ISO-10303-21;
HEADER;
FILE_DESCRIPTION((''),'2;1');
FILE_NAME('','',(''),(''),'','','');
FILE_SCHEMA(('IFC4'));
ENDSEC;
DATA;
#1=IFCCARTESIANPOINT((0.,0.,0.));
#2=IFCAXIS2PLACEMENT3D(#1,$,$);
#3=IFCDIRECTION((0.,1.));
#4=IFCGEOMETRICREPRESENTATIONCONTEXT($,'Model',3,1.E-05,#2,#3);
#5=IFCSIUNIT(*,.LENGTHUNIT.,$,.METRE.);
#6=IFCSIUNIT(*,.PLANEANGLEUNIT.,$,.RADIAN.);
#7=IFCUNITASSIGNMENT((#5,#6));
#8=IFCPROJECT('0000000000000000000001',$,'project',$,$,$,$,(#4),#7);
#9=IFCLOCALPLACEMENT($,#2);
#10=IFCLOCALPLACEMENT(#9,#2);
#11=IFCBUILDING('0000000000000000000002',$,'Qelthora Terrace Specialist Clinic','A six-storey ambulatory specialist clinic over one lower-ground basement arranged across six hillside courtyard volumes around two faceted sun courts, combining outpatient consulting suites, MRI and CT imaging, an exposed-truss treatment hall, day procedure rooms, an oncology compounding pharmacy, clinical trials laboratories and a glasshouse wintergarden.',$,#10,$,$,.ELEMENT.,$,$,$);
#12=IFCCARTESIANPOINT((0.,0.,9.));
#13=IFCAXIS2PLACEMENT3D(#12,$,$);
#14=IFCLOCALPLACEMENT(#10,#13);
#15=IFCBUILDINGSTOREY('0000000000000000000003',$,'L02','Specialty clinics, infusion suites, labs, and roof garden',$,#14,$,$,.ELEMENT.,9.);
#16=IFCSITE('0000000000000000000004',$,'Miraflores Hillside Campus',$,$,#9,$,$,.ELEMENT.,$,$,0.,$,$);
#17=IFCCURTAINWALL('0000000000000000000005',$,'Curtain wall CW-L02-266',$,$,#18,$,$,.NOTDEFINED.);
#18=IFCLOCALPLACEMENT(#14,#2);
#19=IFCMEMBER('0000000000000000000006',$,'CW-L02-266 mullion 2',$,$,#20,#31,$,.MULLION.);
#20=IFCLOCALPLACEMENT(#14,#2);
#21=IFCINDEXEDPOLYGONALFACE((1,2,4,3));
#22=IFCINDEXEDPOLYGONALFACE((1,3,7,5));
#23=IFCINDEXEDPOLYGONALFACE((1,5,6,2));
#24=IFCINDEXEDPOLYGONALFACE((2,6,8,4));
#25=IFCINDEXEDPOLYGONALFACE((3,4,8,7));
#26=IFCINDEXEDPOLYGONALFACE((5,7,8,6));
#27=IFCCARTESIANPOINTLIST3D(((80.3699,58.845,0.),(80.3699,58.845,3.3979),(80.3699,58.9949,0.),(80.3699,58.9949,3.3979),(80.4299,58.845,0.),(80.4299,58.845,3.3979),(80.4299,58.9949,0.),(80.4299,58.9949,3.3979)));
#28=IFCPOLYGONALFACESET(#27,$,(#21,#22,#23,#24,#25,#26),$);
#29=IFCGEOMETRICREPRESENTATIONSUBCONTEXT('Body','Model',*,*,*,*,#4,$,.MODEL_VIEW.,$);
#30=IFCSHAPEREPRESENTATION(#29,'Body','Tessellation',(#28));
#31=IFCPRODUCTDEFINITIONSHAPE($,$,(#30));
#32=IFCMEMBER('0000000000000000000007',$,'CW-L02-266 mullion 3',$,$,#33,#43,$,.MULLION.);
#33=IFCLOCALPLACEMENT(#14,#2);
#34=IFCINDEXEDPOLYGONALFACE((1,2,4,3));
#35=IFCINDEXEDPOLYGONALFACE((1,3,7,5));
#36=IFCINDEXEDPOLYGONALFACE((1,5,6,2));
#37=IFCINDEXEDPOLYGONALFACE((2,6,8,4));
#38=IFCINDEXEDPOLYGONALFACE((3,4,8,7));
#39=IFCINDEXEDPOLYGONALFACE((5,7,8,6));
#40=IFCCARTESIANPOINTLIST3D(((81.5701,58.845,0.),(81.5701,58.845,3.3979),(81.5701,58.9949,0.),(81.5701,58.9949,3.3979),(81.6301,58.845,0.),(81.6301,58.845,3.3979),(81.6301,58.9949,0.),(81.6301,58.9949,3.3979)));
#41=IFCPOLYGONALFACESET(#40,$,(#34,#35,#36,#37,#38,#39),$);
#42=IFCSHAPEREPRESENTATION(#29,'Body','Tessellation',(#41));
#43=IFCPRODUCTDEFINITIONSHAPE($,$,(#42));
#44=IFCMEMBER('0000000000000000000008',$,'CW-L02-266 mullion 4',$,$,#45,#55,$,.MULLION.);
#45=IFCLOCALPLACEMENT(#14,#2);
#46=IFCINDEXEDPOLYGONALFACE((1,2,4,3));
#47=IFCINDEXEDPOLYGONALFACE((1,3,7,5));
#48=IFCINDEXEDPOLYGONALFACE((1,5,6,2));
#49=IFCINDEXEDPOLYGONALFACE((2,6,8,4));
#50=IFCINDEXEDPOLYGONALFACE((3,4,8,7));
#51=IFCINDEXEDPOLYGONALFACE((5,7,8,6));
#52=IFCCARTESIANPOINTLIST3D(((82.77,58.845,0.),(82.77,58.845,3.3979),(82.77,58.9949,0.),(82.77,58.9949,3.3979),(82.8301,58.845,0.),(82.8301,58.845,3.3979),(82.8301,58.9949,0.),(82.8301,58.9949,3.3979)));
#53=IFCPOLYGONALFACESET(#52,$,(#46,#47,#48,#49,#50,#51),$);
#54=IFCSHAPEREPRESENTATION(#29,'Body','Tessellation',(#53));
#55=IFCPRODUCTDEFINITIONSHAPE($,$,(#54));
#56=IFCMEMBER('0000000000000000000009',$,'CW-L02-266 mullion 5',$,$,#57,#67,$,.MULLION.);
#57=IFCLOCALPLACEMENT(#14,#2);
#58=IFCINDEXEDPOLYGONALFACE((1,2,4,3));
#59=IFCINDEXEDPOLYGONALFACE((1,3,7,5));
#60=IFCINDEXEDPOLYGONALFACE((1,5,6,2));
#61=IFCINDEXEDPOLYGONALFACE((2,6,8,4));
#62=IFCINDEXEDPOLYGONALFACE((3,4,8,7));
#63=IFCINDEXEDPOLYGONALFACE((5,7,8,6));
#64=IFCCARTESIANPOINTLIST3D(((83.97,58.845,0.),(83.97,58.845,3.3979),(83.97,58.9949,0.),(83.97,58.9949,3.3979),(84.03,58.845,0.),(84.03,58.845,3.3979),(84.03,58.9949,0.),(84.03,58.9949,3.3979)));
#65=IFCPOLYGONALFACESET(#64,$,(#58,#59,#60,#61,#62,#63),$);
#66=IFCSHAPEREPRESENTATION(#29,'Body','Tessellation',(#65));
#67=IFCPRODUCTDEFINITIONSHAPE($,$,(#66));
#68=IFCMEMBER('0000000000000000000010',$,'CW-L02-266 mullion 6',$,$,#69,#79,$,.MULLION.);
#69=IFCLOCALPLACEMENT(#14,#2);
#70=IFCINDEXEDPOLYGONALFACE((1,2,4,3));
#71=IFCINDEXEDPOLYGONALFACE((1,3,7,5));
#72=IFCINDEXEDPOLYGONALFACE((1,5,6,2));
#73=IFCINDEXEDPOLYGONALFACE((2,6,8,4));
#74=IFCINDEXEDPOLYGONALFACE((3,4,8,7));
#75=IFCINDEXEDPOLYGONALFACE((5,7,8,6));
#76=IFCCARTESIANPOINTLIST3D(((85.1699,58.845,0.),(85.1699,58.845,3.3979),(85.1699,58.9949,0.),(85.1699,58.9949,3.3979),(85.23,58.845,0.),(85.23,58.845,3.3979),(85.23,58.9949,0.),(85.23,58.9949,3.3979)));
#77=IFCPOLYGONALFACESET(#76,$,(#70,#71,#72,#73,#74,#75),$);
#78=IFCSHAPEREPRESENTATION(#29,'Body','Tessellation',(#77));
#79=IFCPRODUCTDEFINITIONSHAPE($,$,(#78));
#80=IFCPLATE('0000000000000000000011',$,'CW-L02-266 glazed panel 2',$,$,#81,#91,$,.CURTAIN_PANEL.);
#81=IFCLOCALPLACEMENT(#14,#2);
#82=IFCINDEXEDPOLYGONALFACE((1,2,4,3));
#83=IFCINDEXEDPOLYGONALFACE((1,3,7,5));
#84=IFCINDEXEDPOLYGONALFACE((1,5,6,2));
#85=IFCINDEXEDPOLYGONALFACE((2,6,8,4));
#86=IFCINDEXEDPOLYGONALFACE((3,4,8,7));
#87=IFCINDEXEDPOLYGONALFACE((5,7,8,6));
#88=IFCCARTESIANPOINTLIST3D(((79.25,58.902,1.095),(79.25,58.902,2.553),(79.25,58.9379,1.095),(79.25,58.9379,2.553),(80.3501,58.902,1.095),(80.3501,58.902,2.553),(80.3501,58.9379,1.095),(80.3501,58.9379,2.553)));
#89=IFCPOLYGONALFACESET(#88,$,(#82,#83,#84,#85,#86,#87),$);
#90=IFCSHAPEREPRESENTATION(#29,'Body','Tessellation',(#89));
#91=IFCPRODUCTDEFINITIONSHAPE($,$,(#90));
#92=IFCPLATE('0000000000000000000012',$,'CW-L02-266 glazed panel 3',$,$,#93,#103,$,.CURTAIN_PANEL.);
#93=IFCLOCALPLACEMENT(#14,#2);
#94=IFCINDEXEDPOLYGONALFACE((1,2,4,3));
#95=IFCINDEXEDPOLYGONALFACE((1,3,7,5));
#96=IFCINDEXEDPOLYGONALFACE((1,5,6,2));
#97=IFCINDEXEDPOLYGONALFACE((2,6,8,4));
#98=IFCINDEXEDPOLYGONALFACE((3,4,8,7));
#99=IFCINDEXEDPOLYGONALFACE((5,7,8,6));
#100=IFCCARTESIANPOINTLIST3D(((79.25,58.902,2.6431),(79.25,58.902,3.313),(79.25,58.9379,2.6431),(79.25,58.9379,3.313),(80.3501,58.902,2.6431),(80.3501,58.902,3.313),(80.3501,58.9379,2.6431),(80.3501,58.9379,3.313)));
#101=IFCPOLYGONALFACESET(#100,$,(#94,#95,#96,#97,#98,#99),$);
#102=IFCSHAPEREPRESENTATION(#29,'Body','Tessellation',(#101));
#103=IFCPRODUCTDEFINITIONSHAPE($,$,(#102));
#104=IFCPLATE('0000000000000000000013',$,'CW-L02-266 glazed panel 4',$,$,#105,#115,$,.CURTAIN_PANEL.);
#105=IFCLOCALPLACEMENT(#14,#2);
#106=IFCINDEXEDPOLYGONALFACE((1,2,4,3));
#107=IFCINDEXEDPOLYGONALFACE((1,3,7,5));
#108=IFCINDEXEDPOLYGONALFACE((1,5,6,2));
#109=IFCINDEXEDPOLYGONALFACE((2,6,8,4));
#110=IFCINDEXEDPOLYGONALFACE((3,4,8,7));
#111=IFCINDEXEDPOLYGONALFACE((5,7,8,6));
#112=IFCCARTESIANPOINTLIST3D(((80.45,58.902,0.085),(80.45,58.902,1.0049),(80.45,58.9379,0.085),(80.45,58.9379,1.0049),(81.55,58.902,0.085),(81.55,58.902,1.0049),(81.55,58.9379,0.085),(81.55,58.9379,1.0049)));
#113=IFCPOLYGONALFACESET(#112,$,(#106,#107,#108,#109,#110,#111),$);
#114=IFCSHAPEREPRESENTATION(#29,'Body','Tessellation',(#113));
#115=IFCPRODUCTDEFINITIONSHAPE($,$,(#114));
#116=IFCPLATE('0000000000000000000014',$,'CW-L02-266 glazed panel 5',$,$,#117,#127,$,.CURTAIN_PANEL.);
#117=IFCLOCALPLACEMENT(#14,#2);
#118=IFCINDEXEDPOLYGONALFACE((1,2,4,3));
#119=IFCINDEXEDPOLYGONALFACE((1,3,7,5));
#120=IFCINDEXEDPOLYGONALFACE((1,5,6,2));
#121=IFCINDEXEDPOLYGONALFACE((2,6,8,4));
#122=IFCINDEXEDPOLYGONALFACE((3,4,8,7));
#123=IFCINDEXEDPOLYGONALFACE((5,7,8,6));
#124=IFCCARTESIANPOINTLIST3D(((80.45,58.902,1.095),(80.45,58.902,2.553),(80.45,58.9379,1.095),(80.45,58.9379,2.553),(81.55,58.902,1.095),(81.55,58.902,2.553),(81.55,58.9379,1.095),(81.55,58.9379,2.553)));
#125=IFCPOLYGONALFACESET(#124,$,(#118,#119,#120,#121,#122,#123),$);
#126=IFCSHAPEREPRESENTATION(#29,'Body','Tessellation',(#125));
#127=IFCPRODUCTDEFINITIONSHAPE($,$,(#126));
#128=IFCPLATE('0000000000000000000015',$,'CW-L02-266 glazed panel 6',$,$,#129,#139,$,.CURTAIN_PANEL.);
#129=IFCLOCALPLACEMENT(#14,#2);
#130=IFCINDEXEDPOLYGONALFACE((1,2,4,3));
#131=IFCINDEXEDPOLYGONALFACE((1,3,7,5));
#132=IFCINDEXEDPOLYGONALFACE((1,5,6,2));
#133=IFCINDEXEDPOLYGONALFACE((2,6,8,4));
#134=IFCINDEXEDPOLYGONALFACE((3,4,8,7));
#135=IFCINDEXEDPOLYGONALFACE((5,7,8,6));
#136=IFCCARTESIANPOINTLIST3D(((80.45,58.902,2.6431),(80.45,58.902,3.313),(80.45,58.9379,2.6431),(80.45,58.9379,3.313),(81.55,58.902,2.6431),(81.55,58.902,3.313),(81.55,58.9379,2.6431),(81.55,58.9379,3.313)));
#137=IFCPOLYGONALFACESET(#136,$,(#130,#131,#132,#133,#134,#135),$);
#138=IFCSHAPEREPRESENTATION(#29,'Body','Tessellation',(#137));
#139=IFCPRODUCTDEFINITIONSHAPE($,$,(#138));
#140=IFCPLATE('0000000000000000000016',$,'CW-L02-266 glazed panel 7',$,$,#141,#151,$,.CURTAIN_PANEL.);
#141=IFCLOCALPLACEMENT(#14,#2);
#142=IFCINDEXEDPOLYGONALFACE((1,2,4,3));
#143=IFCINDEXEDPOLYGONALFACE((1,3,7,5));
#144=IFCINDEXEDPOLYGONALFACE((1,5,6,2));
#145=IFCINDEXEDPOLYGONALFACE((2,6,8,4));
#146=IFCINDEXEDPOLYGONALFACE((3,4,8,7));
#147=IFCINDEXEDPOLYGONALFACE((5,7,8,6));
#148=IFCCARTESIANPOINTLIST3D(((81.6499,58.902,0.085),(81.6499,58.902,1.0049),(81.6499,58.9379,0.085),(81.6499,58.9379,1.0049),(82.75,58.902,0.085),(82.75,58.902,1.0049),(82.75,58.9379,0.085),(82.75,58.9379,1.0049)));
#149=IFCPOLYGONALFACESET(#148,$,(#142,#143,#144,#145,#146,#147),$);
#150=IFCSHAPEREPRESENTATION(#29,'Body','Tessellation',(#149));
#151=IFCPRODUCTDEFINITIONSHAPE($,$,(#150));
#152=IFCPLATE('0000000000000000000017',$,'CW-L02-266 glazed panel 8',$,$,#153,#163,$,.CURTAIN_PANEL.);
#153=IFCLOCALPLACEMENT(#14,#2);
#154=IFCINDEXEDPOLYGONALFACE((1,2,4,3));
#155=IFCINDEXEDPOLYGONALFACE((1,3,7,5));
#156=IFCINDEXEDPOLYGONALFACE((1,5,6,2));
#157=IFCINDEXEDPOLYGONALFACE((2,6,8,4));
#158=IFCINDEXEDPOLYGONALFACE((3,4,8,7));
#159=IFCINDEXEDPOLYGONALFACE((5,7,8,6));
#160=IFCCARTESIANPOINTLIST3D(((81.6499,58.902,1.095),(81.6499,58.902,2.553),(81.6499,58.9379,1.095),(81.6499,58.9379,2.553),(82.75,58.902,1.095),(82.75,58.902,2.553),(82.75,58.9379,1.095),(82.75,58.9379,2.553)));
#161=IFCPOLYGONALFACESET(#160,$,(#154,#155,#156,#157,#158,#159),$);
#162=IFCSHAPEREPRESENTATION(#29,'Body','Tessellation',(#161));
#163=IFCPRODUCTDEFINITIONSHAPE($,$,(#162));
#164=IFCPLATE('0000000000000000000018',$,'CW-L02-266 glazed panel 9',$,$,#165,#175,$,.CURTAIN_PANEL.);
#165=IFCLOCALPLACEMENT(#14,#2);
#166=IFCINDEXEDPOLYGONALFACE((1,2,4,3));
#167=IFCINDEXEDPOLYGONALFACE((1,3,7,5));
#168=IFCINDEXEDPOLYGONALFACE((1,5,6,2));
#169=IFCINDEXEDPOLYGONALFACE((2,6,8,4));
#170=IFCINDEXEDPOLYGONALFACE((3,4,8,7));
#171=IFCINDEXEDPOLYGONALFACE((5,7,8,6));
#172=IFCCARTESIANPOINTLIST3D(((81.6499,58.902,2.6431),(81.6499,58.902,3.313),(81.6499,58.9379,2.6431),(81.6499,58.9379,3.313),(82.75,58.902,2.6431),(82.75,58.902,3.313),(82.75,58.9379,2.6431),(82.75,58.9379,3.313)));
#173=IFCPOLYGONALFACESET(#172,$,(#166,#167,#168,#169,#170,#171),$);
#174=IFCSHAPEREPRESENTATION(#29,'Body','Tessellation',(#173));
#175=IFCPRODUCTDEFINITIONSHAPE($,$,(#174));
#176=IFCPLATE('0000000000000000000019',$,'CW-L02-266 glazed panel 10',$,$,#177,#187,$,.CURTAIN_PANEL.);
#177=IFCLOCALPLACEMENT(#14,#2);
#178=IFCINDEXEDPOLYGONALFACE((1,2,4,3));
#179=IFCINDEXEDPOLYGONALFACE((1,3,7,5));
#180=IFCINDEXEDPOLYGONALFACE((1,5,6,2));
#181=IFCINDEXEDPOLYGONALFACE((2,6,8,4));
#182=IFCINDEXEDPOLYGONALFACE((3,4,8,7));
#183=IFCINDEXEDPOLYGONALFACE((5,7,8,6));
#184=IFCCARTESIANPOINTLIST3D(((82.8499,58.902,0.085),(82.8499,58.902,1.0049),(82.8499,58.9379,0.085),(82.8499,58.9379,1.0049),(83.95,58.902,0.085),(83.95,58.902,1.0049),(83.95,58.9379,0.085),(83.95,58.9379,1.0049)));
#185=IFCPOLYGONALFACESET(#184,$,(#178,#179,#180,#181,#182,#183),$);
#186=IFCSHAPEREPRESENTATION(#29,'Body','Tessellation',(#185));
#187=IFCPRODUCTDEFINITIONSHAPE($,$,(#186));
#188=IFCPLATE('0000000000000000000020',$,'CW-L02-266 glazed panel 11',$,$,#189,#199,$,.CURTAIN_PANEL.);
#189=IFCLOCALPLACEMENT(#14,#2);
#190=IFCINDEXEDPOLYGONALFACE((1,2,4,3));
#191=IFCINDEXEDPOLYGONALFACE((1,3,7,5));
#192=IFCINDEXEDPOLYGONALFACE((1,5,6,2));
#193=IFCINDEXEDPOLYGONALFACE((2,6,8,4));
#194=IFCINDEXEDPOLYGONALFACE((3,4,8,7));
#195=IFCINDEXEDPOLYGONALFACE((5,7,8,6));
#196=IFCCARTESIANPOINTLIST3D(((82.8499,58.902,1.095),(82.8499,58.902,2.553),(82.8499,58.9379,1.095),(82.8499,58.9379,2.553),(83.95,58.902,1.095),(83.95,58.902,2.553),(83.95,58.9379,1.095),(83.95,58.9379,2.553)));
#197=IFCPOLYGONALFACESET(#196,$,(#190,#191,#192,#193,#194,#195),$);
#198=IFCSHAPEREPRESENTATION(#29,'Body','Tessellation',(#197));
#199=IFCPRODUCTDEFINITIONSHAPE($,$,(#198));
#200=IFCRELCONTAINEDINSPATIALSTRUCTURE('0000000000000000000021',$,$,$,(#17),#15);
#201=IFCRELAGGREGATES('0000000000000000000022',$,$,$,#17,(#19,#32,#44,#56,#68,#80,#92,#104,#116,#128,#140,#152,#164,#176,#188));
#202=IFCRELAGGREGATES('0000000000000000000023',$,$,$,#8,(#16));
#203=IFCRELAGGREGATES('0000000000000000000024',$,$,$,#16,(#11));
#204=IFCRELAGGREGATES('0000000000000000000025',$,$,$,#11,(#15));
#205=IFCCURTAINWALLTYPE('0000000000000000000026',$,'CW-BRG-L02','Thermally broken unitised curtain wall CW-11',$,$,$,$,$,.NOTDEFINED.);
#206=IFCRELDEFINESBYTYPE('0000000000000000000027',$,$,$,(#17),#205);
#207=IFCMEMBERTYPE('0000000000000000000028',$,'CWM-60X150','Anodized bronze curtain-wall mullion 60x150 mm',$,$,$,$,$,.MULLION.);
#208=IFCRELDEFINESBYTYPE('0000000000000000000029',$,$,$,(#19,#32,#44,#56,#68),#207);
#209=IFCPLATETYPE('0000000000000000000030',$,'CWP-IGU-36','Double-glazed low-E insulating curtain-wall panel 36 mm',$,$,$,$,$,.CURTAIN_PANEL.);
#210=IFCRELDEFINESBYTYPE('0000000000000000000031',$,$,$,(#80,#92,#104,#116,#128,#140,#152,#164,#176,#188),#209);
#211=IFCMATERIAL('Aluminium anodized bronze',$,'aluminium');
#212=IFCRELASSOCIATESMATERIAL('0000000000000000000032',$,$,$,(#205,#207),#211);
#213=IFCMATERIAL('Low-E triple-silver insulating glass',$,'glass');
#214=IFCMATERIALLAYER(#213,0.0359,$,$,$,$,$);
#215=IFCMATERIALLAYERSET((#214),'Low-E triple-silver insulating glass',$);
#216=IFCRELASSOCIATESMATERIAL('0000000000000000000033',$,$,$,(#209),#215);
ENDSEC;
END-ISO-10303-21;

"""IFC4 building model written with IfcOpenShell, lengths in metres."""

from ifc_helpers import new_model, si_unit, direction, frame, origin, origin_2d, place, context, subcontext, project, spatial, rectangle, extrude, material, layer, layer_set, material_profile, profile_set, type_object, element, aggregate, save


model = new_model("IFC4")

# Units and contexts
model_context = context("Model", 3, precision=1e-05, world=origin(), true_north=direction((0.0, 1.0)))
body_context = subcontext(model_context, "Body", "Model", "MODEL_VIEW")
ifc_project = project(units=[si_unit("LENGTHUNIT", "METRE"), si_unit("PLANEANGLEUNIT", "RADIAN")], contexts=[model_context])

# Site, building, storey
site_placement = place(None, origin())
site = spatial("IfcSite", under=ifc_project, at=site_placement, Name="Miraflores Hillside Campus", CompositionType="ELEMENT", RefElevation=0.0)
building_placement = place(site_placement, origin())
building = spatial("IfcBuilding", under=site, at=building_placement, Name="Qelthora Terrace Specialist Clinic", Description="A six-storey ambulatory specialist clinic over one lower-ground basement arranged across six hillside courtyard volumes around two faceted sun courts, combining outpatient consulting suites, MRI and CT imaging, an exposed-truss treatment hall, day procedure rooms, an oncology compounding pharmacy, clinical trials laboratories and a glasshouse wintergarden.", CompositionType="ELEMENT")
storey_placement = place(building_placement, frame((0.0, 0.0, 9.0)))
storey = spatial("IfcBuildingStorey", under=building, at=storey_placement, Name="L02", Description="Specialty clinics, infusion suites, labs, and roof garden", CompositionType="ELEMENT", Elevation=9.0)

# Curtain wall, members, plates
ifc_material_1 = material(Name="Aluminium anodized bronze", Category="aluminium")
curtain_wall_type = type_object("IfcCurtainWallType", Name="CW-BRG-L02", Description="Thermally broken unitised curtain wall CW-11", PredefinedType="NOTDEFINED", material=ifc_material_1)
curtain_wall_placement = place(storey_placement, origin())
curtain_wall = element("IfcCurtainWall", 1, at=curtain_wall_placement, inside=storey, type_object=curtain_wall_type, Name="Curtain wall CW-L02-266", PredefinedType="NOTDEFINED")
ifc_material_profile = material_profile(ifc_material_1, rectangle(XDim=0.0601, YDim=0.1499, at=origin_2d()), Name="CWM60X150")
ifc_profile_set = profile_set([ifc_material_profile], Name="Aluminium anodized bronze")
member_type = type_object("IfcMemberType", Name="CWM-60X150", Description="Anodized bronze curtain-wall mullion 60x150 mm", PredefinedType="MULLION", material=ifc_profile_set)
member_1_placement = place(storey_placement, frame((80.3999, 58.9199, 0.0), z_axis=(0.0, 0.0, 1.0), x_axis=(1.0, 0.0, 0.0)))
member_1 = element("IfcMember", 2, at=member_1_placement, type_object=member_type, Name="CW-L02-266 mullion 2", PredefinedType="MULLION", context=body_context, shape_type="SweptSolid", body=[
    extrude(rectangle(XDim=0.0601, YDim=0.1499, at=origin_2d()), origin(), (0.0, 0.0, 1.0), 3.3979),
])
member_2_placement = place(storey_placement, frame((81.6001, 58.9199, 0.0), z_axis=(0.0, 0.0, 1.0), x_axis=(1.0, 0.0, 0.0)))
member_2 = element("IfcMember", 3, at=member_2_placement, type_object=member_type, Name="CW-L02-266 mullion 3", PredefinedType="MULLION", context=body_context, shape_type="SweptSolid", body=[
    extrude(rectangle(XDim=0.0601, YDim=0.1499, at=origin_2d()), origin(), (0.0, 0.0, 1.0), 3.3979),
])
member_3_placement = place(storey_placement, frame((82.8, 58.9199, 0.0), z_axis=(0.0, 0.0, 1.0), x_axis=(1.0, 0.0, 0.0)))
member_3 = element("IfcMember", 4, at=member_3_placement, type_object=member_type, Name="CW-L02-266 mullion 4", PredefinedType="MULLION", context=body_context, shape_type="SweptSolid", body=[
    extrude(rectangle(XDim=0.0601, YDim=0.1499, at=origin_2d()), origin(), (0.0, 0.0, 1.0), 3.3979),
])
member_4_placement = place(storey_placement, frame((84.0, 58.9199, 0.0), z_axis=(0.0, 0.0, 1.0), x_axis=(1.0, 0.0, 0.0)))
member_4 = element("IfcMember", 5, at=member_4_placement, type_object=member_type, Name="CW-L02-266 mullion 5", PredefinedType="MULLION", context=body_context, shape_type="SweptSolid", body=[
    extrude(rectangle(XDim=0.0601, YDim=0.1499, at=origin_2d()), origin(), (0.0, 0.0, 1.0), 3.3979),
])
member_5_placement = place(storey_placement, frame((85.2, 58.9199, 0.0), z_axis=(0.0, 0.0, 1.0), x_axis=(1.0, 0.0, 0.0)))
member_5 = element("IfcMember", 6, at=member_5_placement, type_object=member_type, Name="CW-L02-266 mullion 6", PredefinedType="MULLION", context=body_context, shape_type="SweptSolid", body=[
    extrude(rectangle(XDim=0.0601, YDim=0.1499, at=origin_2d()), origin(), (0.0, 0.0, 1.0), 3.3979),
])
ifc_material_2 = material(Name="Low-E triple-silver insulating glass", Category="glass")
ifc_layer = layer(ifc_material_2, 0.0359)
ifc_layer_set = layer_set([ifc_layer], Name="Low-E triple-silver insulating glass")
plate_type = type_object("IfcPlateType", Name="CWP-IGU-36", Description="Double-glazed low-E insulating curtain-wall panel 36 mm", PredefinedType="CURTAIN_PANEL", material=ifc_layer_set)
plate_1_placement = place(storey_placement, frame((79.8, 58.9199, 1.095), z_axis=(0.0, 0.0, 1.0), x_axis=(1.0, 0.0, 0.0)))
plate_1 = element("IfcPlate", 7, at=plate_1_placement, type_object=plate_type, Name="CW-L02-266 glazed panel 2", PredefinedType="CURTAIN_PANEL", context=body_context, shape_type="SweptSolid", body=[
    extrude(rectangle(XDim=1.1001, YDim=0.0359, at=origin_2d()), origin(), (0.0, 0.0, 1.0), 1.458),
])
plate_2_placement = place(storey_placement, frame((79.8, 58.9199, 2.6431), z_axis=(0.0, 0.0, 1.0), x_axis=(1.0, 0.0, 0.0)))
plate_2 = element("IfcPlate", 8, at=plate_2_placement, type_object=plate_type, Name="CW-L02-266 glazed panel 3", PredefinedType="CURTAIN_PANEL", context=body_context, shape_type="SweptSolid", body=[
    extrude(rectangle(XDim=1.1001, YDim=0.0359, at=origin_2d()), origin(), (0.0, 0.0, 1.0), 0.6699),
])
plate_3_placement = place(storey_placement, frame((81.0, 58.9199, 0.085), z_axis=(0.0, 0.0, 1.0), x_axis=(1.0, 0.0, 0.0)))
plate_3 = element("IfcPlate", 9, at=plate_3_placement, type_object=plate_type, Name="CW-L02-266 glazed panel 4", PredefinedType="CURTAIN_PANEL", context=body_context, shape_type="SweptSolid", body=[
    extrude(rectangle(XDim=1.1001, YDim=0.0359, at=origin_2d()), origin(), (0.0, 0.0, 1.0), 0.9199),
])
plate_4_placement = place(storey_placement, frame((81.0, 58.9199, 1.095), z_axis=(0.0, 0.0, 1.0), x_axis=(1.0, 0.0, 0.0)))
plate_4 = element("IfcPlate", 10, at=plate_4_placement, type_object=plate_type, Name="CW-L02-266 glazed panel 5", PredefinedType="CURTAIN_PANEL", context=body_context, shape_type="SweptSolid", body=[
    extrude(rectangle(XDim=1.1001, YDim=0.0359, at=origin_2d()), origin(), (0.0, 0.0, 1.0), 1.458),
])
plate_5_placement = place(storey_placement, frame((81.0, 58.9199, 2.6431), z_axis=(0.0, 0.0, 1.0), x_axis=(1.0, 0.0, 0.0)))
plate_5 = element("IfcPlate", 11, at=plate_5_placement, type_object=plate_type, Name="CW-L02-266 glazed panel 6", PredefinedType="CURTAIN_PANEL", context=body_context, shape_type="SweptSolid", body=[
    extrude(rectangle(XDim=1.1001, YDim=0.0359, at=origin_2d()), origin(), (0.0, 0.0, 1.0), 0.6699),
])
plate_6_placement = place(storey_placement, frame((82.2, 58.9199, 0.085), z_axis=(0.0, 0.0, 1.0), x_axis=(1.0, 0.0, 0.0)))
plate_6 = element("IfcPlate", 12, at=plate_6_placement, type_object=plate_type, Name="CW-L02-266 glazed panel 7", PredefinedType="CURTAIN_PANEL", context=body_context, shape_type="SweptSolid", body=[
    extrude(rectangle(XDim=1.1001, YDim=0.0359, at=origin_2d()), origin(), (0.0, 0.0, 1.0), 0.9199),
])
plate_7_placement = place(storey_placement, frame((82.2, 58.9199, 1.095), z_axis=(0.0, 0.0, 1.0), x_axis=(1.0, 0.0, 0.0)))
plate_7 = element("IfcPlate", 13, at=plate_7_placement, type_object=plate_type, Name="CW-L02-266 glazed panel 8", PredefinedType="CURTAIN_PANEL", context=body_context, shape_type="SweptSolid", body=[
    extrude(rectangle(XDim=1.1001, YDim=0.0359, at=origin_2d()), origin(), (0.0, 0.0, 1.0), 1.458),
])
plate_8_placement = place(storey_placement, frame((82.2, 58.9199, 2.6431), z_axis=(0.0, 0.0, 1.0), x_axis=(1.0, 0.0, 0.0)))
plate_8 = element("IfcPlate", 14, at=plate_8_placement, type_object=plate_type, Name="CW-L02-266 glazed panel 9", PredefinedType="CURTAIN_PANEL", context=body_context, shape_type="SweptSolid", body=[
    extrude(rectangle(XDim=1.1001, YDim=0.0359, at=origin_2d()), origin(), (0.0, 0.0, 1.0), 0.6699),
])
plate_9_placement = place(storey_placement, frame((83.3999, 58.9199, 0.085), z_axis=(0.0, 0.0, 1.0), x_axis=(1.0, 0.0, 0.0)))
plate_9 = element("IfcPlate", 15, at=plate_9_placement, type_object=plate_type, Name="CW-L02-266 glazed panel 10", PredefinedType="CURTAIN_PANEL", context=body_context, shape_type="SweptSolid", body=[
    extrude(rectangle(XDim=1.1001, YDim=0.0359, at=origin_2d()), origin(), (0.0, 0.0, 1.0), 0.9199),
])
plate_10_placement = place(storey_placement, frame((83.3999, 58.9199, 1.095), z_axis=(0.0, 0.0, 1.0), x_axis=(1.0, 0.0, 0.0)))
plate_10 = element("IfcPlate", 16, at=plate_10_placement, type_object=plate_type, Name="CW-L02-266 glazed panel 11", PredefinedType="CURTAIN_PANEL", context=body_context, shape_type="SweptSolid", body=[
    extrude(rectangle(XDim=1.1001, YDim=0.0359, at=origin_2d()), origin(), (0.0, 0.0, 1.0), 1.458),
])
aggregate(curtain_wall, [member_1, member_2, member_3, member_4, member_5, plate_1, plate_2, plate_3, plate_4, plate_5, plate_6, plate_7, plate_8, plate_9, plate_10])

save(model, "model.ifc")
